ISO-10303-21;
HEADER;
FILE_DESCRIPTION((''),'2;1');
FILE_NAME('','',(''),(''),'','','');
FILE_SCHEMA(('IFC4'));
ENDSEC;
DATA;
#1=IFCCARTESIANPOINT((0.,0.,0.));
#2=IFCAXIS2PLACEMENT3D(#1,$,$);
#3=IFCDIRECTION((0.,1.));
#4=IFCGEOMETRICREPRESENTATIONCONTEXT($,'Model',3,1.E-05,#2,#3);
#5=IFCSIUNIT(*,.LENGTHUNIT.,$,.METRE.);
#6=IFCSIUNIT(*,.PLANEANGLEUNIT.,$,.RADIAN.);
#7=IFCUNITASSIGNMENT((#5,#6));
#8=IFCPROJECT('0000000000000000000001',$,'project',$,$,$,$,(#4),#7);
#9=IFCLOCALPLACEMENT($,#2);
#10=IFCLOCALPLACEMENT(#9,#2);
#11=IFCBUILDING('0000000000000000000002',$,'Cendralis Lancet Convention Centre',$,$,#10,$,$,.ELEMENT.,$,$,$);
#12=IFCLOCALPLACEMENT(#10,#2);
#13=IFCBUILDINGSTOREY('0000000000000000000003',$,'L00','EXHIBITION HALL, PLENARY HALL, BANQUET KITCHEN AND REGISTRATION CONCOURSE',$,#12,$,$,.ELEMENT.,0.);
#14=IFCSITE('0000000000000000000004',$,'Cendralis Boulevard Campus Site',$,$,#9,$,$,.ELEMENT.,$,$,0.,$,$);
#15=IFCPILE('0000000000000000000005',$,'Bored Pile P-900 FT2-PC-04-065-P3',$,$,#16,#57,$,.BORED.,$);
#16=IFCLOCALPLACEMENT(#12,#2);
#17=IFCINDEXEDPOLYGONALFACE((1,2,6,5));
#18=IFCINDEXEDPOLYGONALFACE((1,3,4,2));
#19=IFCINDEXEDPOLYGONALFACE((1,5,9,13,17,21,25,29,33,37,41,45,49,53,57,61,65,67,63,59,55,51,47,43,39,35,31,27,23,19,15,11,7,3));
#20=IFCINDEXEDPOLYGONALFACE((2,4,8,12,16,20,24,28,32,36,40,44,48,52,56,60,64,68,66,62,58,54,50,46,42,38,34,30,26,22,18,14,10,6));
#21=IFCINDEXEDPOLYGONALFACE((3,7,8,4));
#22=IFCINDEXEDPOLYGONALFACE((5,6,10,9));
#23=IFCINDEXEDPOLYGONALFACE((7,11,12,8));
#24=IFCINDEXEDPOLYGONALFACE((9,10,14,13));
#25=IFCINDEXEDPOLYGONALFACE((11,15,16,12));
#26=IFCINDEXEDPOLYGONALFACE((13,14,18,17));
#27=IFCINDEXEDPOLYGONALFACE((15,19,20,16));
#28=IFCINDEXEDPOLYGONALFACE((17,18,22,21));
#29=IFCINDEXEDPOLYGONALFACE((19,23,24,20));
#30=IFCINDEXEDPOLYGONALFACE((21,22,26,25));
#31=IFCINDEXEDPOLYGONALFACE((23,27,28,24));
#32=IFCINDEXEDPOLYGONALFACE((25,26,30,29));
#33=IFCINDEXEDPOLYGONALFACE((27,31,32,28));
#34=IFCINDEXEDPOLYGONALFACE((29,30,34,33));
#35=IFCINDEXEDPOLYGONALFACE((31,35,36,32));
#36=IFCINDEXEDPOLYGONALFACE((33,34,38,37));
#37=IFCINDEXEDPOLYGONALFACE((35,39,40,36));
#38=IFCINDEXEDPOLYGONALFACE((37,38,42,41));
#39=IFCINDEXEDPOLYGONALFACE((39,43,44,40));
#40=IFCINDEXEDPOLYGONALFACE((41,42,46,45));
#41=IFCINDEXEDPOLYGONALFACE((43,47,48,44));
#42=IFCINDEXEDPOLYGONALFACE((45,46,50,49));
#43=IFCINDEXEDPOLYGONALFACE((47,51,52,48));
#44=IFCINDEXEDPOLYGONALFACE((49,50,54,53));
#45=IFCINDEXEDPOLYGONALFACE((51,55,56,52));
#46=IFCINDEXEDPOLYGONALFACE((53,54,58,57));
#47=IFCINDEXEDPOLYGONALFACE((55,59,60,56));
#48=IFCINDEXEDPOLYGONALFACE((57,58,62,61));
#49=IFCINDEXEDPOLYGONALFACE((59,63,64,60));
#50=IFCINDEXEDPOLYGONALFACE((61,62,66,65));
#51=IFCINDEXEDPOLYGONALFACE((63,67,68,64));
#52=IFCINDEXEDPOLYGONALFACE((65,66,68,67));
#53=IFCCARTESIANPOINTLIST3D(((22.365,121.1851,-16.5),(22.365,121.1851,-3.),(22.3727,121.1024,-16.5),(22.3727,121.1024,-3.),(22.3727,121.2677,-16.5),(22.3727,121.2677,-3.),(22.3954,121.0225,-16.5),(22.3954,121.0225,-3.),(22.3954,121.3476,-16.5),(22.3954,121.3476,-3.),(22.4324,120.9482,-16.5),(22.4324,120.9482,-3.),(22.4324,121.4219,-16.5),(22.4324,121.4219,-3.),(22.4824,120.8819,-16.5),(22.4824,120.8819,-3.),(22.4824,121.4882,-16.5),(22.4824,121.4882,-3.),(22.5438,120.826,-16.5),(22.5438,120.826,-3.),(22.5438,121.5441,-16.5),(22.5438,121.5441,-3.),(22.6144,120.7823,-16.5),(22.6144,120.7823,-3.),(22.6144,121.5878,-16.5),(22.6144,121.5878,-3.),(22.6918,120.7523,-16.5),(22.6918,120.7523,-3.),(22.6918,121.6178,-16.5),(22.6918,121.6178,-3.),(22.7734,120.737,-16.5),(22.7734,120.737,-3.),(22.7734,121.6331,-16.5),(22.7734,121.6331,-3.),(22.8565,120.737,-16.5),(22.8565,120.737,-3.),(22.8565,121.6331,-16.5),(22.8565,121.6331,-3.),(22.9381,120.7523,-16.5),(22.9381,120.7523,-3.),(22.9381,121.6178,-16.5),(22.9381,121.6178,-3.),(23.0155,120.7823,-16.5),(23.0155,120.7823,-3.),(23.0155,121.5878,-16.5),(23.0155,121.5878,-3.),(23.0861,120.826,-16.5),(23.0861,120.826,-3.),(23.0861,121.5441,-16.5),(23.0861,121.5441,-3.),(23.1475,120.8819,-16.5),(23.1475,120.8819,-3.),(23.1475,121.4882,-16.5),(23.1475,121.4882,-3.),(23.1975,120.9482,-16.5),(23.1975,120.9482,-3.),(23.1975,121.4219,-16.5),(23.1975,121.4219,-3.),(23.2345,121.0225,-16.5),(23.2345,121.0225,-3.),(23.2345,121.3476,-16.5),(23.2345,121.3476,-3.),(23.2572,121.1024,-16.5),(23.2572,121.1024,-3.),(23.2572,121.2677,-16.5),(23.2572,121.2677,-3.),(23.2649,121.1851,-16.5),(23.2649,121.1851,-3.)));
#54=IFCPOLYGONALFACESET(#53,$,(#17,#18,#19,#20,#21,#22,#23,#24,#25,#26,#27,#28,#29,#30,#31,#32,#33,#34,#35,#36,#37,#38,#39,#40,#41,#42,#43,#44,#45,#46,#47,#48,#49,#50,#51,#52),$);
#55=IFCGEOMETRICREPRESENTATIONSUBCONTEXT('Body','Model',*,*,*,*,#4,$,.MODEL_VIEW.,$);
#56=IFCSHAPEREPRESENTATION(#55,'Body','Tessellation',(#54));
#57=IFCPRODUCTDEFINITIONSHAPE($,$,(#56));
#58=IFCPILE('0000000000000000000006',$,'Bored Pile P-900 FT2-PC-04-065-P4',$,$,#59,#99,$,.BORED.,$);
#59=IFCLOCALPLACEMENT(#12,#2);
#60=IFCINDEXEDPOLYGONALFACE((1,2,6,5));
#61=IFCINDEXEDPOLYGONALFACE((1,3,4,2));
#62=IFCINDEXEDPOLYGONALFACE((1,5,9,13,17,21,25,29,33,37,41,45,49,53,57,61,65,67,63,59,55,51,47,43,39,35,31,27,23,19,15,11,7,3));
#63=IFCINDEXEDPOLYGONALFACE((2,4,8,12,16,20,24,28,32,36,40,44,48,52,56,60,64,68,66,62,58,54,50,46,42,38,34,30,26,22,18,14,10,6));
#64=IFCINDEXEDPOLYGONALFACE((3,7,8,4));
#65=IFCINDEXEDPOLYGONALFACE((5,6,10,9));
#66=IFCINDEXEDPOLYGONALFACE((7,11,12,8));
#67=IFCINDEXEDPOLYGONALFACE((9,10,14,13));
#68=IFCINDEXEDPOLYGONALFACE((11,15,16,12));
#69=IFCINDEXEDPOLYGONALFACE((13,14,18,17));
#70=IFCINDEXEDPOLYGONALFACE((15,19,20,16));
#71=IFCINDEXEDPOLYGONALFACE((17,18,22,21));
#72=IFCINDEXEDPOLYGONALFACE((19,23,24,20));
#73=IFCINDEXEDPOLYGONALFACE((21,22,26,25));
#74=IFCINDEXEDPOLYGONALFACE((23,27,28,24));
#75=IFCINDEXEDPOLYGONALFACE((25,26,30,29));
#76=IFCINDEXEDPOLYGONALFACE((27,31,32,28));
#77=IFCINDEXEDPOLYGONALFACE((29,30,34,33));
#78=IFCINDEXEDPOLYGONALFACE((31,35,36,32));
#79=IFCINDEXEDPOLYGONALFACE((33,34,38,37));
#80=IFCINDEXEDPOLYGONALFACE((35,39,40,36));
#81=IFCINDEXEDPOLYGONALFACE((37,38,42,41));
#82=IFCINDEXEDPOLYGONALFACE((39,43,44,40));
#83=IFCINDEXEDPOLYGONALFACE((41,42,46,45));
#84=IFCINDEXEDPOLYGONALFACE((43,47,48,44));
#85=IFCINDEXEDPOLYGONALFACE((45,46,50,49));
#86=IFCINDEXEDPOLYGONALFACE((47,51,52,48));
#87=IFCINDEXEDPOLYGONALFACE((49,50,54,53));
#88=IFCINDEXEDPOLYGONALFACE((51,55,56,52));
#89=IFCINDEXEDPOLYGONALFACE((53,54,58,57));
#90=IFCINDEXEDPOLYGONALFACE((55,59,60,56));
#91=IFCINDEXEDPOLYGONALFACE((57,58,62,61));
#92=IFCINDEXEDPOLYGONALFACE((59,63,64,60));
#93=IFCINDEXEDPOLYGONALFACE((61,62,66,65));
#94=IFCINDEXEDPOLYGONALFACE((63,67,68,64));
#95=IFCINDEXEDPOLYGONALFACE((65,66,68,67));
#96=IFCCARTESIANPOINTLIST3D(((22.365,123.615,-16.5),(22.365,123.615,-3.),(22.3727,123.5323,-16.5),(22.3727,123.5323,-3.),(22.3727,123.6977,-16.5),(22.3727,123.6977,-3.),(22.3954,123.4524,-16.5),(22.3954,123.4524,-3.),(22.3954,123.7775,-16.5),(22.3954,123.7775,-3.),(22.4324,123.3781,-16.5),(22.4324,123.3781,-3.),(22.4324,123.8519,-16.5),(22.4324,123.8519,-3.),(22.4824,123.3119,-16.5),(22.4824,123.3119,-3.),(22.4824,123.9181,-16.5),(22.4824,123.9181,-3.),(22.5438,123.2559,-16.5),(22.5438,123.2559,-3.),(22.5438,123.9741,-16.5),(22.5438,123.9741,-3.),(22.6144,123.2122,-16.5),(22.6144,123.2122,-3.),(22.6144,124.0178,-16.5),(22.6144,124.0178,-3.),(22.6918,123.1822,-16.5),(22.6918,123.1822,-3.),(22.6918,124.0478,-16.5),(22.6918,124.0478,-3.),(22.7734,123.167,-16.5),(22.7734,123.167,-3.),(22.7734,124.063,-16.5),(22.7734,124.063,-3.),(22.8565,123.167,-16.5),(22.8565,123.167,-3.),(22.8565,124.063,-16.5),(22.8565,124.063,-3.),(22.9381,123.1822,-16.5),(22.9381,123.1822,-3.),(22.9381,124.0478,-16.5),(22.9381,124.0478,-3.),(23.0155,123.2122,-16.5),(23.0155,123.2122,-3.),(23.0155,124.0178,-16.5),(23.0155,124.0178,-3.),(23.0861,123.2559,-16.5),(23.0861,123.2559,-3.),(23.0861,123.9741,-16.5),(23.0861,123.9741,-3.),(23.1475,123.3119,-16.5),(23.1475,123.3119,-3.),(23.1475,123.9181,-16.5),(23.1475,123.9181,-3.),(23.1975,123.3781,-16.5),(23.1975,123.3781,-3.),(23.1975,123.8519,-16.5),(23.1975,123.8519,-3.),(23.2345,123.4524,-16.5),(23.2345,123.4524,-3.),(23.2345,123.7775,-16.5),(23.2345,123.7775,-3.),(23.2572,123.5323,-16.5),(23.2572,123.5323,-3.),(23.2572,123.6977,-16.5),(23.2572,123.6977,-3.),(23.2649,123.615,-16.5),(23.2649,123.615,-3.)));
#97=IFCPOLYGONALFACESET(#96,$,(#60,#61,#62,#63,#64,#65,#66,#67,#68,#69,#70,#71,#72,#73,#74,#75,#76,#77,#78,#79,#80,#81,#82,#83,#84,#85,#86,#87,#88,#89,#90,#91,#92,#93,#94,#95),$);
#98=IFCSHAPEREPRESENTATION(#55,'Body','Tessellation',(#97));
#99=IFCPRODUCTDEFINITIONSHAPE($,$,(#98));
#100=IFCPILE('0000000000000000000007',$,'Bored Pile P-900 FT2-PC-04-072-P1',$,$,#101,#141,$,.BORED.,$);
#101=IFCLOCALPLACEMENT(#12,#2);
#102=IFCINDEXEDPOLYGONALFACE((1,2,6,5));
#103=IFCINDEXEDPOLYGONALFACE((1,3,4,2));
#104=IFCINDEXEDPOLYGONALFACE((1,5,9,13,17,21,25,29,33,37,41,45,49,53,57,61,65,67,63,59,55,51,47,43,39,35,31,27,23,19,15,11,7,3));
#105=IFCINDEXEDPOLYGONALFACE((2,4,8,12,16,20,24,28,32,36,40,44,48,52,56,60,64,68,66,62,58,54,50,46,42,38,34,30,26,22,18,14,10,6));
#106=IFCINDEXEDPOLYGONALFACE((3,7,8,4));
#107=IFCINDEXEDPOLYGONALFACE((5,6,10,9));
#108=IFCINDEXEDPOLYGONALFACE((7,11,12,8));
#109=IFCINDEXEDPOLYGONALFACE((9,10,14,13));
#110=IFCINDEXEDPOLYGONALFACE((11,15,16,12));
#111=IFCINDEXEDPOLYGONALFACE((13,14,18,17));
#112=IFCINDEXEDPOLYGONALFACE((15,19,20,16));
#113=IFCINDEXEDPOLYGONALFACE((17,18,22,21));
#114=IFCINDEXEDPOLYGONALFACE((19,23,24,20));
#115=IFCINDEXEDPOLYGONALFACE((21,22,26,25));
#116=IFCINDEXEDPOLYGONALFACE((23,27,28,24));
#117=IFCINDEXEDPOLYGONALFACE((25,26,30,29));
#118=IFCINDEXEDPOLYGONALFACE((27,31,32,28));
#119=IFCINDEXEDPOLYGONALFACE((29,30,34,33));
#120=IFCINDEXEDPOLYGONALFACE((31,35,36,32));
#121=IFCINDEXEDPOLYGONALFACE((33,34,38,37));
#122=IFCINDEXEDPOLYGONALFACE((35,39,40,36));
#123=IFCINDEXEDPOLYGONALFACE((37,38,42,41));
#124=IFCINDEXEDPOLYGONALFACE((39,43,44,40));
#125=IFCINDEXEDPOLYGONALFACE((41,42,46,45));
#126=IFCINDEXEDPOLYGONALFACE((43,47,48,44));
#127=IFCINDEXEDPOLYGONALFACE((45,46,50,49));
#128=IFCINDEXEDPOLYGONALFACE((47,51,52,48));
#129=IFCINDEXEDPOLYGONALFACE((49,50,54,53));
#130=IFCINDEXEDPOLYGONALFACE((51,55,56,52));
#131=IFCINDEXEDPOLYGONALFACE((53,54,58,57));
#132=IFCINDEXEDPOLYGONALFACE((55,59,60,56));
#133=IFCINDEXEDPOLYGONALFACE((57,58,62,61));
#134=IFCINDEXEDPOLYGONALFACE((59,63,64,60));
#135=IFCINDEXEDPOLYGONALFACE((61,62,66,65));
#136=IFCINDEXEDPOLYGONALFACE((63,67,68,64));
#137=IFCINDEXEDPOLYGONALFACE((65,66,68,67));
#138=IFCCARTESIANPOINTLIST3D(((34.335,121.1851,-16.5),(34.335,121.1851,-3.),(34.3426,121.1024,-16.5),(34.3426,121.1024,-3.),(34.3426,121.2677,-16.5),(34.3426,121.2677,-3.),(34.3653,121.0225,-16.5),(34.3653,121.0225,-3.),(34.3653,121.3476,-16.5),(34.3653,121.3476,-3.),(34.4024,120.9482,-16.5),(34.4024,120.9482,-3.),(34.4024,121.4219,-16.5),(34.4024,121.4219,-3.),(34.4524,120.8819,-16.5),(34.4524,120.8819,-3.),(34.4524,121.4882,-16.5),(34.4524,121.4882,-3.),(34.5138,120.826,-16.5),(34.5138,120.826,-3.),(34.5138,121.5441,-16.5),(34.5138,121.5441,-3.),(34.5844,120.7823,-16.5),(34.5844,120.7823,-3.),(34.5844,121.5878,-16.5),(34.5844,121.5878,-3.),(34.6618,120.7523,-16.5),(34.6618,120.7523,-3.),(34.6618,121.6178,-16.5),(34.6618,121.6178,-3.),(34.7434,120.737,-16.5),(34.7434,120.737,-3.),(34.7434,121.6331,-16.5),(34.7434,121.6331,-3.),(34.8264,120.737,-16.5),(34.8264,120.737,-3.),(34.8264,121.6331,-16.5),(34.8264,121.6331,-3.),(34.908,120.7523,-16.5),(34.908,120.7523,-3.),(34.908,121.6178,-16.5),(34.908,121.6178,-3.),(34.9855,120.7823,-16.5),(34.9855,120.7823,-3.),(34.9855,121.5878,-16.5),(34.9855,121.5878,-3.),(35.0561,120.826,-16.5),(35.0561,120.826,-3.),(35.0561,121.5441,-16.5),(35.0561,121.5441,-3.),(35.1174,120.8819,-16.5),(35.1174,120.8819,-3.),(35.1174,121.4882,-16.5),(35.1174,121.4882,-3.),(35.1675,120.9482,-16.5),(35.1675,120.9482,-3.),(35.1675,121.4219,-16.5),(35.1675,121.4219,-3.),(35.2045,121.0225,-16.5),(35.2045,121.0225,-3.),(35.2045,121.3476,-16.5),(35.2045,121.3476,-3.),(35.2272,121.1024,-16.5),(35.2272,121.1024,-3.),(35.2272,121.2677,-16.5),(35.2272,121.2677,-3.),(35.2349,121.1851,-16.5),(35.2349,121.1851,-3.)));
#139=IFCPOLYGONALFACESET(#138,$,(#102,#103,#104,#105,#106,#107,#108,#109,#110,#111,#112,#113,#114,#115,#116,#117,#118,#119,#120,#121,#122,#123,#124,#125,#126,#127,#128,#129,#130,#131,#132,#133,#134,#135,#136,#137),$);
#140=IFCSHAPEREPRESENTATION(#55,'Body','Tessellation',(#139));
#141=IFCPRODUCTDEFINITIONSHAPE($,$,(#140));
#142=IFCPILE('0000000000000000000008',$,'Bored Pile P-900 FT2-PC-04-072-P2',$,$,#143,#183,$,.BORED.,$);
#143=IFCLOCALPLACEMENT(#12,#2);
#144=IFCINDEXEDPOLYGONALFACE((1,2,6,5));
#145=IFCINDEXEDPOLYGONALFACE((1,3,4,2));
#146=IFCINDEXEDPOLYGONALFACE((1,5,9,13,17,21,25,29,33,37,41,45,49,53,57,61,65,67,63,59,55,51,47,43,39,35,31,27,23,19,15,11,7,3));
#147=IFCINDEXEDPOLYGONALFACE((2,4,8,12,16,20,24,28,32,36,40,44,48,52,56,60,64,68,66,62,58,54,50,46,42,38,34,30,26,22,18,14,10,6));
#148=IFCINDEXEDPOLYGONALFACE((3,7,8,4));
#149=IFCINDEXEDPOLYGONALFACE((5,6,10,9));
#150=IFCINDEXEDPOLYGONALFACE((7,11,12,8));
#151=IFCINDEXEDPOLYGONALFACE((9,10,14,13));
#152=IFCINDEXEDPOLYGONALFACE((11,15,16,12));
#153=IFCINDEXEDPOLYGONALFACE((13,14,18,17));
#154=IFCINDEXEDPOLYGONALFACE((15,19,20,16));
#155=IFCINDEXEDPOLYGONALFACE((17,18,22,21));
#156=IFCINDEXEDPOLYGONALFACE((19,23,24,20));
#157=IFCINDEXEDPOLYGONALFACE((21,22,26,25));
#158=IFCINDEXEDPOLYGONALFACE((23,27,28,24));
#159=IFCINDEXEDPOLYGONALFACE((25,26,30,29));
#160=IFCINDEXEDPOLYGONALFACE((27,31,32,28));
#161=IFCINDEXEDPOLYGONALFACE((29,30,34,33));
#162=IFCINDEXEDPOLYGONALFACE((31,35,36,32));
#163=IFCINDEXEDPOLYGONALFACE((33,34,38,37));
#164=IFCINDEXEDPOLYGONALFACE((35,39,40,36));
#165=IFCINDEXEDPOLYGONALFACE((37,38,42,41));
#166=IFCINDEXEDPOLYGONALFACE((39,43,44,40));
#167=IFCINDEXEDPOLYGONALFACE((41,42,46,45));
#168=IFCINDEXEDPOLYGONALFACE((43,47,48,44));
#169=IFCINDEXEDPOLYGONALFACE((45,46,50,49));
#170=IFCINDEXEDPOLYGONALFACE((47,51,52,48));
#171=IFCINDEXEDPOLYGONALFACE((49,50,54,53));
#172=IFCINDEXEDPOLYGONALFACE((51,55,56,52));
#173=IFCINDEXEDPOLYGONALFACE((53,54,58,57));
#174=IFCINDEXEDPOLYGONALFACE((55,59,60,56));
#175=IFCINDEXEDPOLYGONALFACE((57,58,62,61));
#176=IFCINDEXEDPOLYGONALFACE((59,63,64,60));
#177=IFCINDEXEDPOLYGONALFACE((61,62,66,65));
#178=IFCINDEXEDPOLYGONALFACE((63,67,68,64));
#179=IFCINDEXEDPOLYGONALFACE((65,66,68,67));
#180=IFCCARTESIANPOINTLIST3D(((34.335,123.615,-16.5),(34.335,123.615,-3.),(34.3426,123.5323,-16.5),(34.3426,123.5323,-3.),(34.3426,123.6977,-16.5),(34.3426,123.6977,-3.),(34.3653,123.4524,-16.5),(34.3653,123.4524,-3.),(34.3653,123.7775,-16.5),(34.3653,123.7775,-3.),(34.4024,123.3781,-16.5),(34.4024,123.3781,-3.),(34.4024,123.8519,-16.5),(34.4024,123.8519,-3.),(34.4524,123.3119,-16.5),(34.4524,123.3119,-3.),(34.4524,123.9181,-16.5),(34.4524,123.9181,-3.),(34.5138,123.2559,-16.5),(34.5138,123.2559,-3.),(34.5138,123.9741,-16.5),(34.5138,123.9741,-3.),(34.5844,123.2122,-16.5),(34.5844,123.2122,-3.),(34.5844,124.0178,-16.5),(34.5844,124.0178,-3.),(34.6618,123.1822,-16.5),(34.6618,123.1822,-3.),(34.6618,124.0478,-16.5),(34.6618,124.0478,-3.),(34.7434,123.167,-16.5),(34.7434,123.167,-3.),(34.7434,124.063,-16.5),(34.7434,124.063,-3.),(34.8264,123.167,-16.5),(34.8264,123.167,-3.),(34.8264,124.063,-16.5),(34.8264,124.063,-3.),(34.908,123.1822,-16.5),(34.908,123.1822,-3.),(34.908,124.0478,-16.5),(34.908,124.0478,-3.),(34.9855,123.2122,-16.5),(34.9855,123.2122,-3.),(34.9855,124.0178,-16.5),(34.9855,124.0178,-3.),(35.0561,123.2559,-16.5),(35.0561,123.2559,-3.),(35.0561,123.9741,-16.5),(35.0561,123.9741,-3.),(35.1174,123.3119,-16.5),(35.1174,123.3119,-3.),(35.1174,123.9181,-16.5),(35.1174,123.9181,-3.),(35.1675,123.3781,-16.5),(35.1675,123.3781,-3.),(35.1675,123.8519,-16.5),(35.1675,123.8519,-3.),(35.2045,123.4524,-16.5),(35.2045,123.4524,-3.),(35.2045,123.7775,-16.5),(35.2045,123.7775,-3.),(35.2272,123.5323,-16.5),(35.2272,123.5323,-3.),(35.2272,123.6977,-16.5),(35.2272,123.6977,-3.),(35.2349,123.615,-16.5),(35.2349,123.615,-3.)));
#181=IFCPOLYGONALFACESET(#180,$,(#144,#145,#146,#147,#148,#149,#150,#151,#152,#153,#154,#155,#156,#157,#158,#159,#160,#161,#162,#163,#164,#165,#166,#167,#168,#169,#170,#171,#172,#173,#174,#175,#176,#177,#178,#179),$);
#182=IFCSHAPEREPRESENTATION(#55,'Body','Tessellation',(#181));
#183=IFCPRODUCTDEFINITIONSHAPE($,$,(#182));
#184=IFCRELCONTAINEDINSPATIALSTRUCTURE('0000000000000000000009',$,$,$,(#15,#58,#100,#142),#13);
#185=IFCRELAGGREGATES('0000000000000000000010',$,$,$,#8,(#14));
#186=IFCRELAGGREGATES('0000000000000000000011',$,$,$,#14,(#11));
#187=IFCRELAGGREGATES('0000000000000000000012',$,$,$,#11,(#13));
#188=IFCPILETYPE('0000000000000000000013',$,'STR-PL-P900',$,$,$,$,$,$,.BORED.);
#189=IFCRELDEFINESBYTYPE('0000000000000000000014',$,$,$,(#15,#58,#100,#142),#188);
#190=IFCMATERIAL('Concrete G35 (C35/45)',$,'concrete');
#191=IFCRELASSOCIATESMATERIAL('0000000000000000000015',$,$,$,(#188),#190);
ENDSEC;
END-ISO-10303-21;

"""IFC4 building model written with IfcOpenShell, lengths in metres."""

from ifc_helpers import new_model, si_unit, direction, frame, origin, origin_2d, place, context, subcontext, project, spatial, circle, extrude, material, material_profile, profile_set, type_object, element, save


model = new_model("IFC4")

# Units and contexts
model_context = context("Model", 3, precision=1e-05, world=origin(), true_north=direction((0.0, 1.0)))
body_context = subcontext(model_context, "Body", "Model", "MODEL_VIEW")
ifc_project = project(units=[si_unit("LENGTHUNIT", "METRE"), si_unit("PLANEANGLEUNIT", "RADIAN")], contexts=[model_context])

# Site, building, storey
site_placement = place(None, origin())
site = spatial("IfcSite", under=ifc_project, at=site_placement, Name="Cendralis Boulevard Campus Site", CompositionType="ELEMENT", RefElevation=0.0)
building_placement = place(site_placement, origin())
building = spatial("IfcBuilding", under=site, at=building_placement, Name="Cendralis Lancet Convention Centre", CompositionType="ELEMENT")
storey_placement = place(building_placement, origin())
storey = spatial("IfcBuildingStorey", under=building, at=storey_placement, Name="L00", Description="EXHIBITION HALL, PLENARY HALL, BANQUET KITCHEN AND REGISTRATION CONCOURSE", CompositionType="ELEMENT", Elevation=0.0)

# Shared definitions
ifc_material_1 = material(Name="Concrete G35 (C35/45)", Category="concrete")

# Piles
ifc_material_profile_1 = material_profile(ifc_material_1, circle(Radius=0.45, at=origin_2d()), Name="BORED PILE D900")
ifc_profile_set_1 = profile_set([ifc_material_profile_1], Name="Concrete G35 (C35/45)")
pile_type_1 = type_object("IfcPileType", Name="STR-PL-P900", PredefinedType="BORED", material=ifc_profile_set_1)
for number, where, z_axis, x_axis, name in (
    (1, (22.8149, 121.1851, -3.0), (0.0, 0.0, -1.0), (1.0, 0.0, 0.0), "Bored Pile P-900 FT2-PC-04-065-P3"),
    (2, (22.8149, 123.615, -3.0), (0.0, 0.0, -1.0), (1.0, 0.0, 0.0), "Bored Pile P-900 FT2-PC-04-065-P4"),
    (3, (34.7849, 121.1851, -3.0), (0.0, 0.0, -1.0), (1.0, 0.0, 0.0), "Bored Pile P-900 FT2-PC-04-072-P1"),
    (4, (34.7849, 123.615, -3.0), (0.0, 0.0, -1.0), (1.0, 0.0, 0.0), "Bored Pile P-900 FT2-PC-04-072-P2"),
):
    element("IfcPile", number, at=place(storey_placement, frame(where, z_axis=z_axis, x_axis=x_axis)), inside=storey, type_object=pile_type_1, Name=name, PredefinedType="BORED", context=body_context, shape_type="SweptSolid", body=[
        extrude(circle(Radius=0.45, at=origin_2d()), origin(), (0.0, 0.0, 1.0), 13.5),
    ])

save(model, "model.ifc")
